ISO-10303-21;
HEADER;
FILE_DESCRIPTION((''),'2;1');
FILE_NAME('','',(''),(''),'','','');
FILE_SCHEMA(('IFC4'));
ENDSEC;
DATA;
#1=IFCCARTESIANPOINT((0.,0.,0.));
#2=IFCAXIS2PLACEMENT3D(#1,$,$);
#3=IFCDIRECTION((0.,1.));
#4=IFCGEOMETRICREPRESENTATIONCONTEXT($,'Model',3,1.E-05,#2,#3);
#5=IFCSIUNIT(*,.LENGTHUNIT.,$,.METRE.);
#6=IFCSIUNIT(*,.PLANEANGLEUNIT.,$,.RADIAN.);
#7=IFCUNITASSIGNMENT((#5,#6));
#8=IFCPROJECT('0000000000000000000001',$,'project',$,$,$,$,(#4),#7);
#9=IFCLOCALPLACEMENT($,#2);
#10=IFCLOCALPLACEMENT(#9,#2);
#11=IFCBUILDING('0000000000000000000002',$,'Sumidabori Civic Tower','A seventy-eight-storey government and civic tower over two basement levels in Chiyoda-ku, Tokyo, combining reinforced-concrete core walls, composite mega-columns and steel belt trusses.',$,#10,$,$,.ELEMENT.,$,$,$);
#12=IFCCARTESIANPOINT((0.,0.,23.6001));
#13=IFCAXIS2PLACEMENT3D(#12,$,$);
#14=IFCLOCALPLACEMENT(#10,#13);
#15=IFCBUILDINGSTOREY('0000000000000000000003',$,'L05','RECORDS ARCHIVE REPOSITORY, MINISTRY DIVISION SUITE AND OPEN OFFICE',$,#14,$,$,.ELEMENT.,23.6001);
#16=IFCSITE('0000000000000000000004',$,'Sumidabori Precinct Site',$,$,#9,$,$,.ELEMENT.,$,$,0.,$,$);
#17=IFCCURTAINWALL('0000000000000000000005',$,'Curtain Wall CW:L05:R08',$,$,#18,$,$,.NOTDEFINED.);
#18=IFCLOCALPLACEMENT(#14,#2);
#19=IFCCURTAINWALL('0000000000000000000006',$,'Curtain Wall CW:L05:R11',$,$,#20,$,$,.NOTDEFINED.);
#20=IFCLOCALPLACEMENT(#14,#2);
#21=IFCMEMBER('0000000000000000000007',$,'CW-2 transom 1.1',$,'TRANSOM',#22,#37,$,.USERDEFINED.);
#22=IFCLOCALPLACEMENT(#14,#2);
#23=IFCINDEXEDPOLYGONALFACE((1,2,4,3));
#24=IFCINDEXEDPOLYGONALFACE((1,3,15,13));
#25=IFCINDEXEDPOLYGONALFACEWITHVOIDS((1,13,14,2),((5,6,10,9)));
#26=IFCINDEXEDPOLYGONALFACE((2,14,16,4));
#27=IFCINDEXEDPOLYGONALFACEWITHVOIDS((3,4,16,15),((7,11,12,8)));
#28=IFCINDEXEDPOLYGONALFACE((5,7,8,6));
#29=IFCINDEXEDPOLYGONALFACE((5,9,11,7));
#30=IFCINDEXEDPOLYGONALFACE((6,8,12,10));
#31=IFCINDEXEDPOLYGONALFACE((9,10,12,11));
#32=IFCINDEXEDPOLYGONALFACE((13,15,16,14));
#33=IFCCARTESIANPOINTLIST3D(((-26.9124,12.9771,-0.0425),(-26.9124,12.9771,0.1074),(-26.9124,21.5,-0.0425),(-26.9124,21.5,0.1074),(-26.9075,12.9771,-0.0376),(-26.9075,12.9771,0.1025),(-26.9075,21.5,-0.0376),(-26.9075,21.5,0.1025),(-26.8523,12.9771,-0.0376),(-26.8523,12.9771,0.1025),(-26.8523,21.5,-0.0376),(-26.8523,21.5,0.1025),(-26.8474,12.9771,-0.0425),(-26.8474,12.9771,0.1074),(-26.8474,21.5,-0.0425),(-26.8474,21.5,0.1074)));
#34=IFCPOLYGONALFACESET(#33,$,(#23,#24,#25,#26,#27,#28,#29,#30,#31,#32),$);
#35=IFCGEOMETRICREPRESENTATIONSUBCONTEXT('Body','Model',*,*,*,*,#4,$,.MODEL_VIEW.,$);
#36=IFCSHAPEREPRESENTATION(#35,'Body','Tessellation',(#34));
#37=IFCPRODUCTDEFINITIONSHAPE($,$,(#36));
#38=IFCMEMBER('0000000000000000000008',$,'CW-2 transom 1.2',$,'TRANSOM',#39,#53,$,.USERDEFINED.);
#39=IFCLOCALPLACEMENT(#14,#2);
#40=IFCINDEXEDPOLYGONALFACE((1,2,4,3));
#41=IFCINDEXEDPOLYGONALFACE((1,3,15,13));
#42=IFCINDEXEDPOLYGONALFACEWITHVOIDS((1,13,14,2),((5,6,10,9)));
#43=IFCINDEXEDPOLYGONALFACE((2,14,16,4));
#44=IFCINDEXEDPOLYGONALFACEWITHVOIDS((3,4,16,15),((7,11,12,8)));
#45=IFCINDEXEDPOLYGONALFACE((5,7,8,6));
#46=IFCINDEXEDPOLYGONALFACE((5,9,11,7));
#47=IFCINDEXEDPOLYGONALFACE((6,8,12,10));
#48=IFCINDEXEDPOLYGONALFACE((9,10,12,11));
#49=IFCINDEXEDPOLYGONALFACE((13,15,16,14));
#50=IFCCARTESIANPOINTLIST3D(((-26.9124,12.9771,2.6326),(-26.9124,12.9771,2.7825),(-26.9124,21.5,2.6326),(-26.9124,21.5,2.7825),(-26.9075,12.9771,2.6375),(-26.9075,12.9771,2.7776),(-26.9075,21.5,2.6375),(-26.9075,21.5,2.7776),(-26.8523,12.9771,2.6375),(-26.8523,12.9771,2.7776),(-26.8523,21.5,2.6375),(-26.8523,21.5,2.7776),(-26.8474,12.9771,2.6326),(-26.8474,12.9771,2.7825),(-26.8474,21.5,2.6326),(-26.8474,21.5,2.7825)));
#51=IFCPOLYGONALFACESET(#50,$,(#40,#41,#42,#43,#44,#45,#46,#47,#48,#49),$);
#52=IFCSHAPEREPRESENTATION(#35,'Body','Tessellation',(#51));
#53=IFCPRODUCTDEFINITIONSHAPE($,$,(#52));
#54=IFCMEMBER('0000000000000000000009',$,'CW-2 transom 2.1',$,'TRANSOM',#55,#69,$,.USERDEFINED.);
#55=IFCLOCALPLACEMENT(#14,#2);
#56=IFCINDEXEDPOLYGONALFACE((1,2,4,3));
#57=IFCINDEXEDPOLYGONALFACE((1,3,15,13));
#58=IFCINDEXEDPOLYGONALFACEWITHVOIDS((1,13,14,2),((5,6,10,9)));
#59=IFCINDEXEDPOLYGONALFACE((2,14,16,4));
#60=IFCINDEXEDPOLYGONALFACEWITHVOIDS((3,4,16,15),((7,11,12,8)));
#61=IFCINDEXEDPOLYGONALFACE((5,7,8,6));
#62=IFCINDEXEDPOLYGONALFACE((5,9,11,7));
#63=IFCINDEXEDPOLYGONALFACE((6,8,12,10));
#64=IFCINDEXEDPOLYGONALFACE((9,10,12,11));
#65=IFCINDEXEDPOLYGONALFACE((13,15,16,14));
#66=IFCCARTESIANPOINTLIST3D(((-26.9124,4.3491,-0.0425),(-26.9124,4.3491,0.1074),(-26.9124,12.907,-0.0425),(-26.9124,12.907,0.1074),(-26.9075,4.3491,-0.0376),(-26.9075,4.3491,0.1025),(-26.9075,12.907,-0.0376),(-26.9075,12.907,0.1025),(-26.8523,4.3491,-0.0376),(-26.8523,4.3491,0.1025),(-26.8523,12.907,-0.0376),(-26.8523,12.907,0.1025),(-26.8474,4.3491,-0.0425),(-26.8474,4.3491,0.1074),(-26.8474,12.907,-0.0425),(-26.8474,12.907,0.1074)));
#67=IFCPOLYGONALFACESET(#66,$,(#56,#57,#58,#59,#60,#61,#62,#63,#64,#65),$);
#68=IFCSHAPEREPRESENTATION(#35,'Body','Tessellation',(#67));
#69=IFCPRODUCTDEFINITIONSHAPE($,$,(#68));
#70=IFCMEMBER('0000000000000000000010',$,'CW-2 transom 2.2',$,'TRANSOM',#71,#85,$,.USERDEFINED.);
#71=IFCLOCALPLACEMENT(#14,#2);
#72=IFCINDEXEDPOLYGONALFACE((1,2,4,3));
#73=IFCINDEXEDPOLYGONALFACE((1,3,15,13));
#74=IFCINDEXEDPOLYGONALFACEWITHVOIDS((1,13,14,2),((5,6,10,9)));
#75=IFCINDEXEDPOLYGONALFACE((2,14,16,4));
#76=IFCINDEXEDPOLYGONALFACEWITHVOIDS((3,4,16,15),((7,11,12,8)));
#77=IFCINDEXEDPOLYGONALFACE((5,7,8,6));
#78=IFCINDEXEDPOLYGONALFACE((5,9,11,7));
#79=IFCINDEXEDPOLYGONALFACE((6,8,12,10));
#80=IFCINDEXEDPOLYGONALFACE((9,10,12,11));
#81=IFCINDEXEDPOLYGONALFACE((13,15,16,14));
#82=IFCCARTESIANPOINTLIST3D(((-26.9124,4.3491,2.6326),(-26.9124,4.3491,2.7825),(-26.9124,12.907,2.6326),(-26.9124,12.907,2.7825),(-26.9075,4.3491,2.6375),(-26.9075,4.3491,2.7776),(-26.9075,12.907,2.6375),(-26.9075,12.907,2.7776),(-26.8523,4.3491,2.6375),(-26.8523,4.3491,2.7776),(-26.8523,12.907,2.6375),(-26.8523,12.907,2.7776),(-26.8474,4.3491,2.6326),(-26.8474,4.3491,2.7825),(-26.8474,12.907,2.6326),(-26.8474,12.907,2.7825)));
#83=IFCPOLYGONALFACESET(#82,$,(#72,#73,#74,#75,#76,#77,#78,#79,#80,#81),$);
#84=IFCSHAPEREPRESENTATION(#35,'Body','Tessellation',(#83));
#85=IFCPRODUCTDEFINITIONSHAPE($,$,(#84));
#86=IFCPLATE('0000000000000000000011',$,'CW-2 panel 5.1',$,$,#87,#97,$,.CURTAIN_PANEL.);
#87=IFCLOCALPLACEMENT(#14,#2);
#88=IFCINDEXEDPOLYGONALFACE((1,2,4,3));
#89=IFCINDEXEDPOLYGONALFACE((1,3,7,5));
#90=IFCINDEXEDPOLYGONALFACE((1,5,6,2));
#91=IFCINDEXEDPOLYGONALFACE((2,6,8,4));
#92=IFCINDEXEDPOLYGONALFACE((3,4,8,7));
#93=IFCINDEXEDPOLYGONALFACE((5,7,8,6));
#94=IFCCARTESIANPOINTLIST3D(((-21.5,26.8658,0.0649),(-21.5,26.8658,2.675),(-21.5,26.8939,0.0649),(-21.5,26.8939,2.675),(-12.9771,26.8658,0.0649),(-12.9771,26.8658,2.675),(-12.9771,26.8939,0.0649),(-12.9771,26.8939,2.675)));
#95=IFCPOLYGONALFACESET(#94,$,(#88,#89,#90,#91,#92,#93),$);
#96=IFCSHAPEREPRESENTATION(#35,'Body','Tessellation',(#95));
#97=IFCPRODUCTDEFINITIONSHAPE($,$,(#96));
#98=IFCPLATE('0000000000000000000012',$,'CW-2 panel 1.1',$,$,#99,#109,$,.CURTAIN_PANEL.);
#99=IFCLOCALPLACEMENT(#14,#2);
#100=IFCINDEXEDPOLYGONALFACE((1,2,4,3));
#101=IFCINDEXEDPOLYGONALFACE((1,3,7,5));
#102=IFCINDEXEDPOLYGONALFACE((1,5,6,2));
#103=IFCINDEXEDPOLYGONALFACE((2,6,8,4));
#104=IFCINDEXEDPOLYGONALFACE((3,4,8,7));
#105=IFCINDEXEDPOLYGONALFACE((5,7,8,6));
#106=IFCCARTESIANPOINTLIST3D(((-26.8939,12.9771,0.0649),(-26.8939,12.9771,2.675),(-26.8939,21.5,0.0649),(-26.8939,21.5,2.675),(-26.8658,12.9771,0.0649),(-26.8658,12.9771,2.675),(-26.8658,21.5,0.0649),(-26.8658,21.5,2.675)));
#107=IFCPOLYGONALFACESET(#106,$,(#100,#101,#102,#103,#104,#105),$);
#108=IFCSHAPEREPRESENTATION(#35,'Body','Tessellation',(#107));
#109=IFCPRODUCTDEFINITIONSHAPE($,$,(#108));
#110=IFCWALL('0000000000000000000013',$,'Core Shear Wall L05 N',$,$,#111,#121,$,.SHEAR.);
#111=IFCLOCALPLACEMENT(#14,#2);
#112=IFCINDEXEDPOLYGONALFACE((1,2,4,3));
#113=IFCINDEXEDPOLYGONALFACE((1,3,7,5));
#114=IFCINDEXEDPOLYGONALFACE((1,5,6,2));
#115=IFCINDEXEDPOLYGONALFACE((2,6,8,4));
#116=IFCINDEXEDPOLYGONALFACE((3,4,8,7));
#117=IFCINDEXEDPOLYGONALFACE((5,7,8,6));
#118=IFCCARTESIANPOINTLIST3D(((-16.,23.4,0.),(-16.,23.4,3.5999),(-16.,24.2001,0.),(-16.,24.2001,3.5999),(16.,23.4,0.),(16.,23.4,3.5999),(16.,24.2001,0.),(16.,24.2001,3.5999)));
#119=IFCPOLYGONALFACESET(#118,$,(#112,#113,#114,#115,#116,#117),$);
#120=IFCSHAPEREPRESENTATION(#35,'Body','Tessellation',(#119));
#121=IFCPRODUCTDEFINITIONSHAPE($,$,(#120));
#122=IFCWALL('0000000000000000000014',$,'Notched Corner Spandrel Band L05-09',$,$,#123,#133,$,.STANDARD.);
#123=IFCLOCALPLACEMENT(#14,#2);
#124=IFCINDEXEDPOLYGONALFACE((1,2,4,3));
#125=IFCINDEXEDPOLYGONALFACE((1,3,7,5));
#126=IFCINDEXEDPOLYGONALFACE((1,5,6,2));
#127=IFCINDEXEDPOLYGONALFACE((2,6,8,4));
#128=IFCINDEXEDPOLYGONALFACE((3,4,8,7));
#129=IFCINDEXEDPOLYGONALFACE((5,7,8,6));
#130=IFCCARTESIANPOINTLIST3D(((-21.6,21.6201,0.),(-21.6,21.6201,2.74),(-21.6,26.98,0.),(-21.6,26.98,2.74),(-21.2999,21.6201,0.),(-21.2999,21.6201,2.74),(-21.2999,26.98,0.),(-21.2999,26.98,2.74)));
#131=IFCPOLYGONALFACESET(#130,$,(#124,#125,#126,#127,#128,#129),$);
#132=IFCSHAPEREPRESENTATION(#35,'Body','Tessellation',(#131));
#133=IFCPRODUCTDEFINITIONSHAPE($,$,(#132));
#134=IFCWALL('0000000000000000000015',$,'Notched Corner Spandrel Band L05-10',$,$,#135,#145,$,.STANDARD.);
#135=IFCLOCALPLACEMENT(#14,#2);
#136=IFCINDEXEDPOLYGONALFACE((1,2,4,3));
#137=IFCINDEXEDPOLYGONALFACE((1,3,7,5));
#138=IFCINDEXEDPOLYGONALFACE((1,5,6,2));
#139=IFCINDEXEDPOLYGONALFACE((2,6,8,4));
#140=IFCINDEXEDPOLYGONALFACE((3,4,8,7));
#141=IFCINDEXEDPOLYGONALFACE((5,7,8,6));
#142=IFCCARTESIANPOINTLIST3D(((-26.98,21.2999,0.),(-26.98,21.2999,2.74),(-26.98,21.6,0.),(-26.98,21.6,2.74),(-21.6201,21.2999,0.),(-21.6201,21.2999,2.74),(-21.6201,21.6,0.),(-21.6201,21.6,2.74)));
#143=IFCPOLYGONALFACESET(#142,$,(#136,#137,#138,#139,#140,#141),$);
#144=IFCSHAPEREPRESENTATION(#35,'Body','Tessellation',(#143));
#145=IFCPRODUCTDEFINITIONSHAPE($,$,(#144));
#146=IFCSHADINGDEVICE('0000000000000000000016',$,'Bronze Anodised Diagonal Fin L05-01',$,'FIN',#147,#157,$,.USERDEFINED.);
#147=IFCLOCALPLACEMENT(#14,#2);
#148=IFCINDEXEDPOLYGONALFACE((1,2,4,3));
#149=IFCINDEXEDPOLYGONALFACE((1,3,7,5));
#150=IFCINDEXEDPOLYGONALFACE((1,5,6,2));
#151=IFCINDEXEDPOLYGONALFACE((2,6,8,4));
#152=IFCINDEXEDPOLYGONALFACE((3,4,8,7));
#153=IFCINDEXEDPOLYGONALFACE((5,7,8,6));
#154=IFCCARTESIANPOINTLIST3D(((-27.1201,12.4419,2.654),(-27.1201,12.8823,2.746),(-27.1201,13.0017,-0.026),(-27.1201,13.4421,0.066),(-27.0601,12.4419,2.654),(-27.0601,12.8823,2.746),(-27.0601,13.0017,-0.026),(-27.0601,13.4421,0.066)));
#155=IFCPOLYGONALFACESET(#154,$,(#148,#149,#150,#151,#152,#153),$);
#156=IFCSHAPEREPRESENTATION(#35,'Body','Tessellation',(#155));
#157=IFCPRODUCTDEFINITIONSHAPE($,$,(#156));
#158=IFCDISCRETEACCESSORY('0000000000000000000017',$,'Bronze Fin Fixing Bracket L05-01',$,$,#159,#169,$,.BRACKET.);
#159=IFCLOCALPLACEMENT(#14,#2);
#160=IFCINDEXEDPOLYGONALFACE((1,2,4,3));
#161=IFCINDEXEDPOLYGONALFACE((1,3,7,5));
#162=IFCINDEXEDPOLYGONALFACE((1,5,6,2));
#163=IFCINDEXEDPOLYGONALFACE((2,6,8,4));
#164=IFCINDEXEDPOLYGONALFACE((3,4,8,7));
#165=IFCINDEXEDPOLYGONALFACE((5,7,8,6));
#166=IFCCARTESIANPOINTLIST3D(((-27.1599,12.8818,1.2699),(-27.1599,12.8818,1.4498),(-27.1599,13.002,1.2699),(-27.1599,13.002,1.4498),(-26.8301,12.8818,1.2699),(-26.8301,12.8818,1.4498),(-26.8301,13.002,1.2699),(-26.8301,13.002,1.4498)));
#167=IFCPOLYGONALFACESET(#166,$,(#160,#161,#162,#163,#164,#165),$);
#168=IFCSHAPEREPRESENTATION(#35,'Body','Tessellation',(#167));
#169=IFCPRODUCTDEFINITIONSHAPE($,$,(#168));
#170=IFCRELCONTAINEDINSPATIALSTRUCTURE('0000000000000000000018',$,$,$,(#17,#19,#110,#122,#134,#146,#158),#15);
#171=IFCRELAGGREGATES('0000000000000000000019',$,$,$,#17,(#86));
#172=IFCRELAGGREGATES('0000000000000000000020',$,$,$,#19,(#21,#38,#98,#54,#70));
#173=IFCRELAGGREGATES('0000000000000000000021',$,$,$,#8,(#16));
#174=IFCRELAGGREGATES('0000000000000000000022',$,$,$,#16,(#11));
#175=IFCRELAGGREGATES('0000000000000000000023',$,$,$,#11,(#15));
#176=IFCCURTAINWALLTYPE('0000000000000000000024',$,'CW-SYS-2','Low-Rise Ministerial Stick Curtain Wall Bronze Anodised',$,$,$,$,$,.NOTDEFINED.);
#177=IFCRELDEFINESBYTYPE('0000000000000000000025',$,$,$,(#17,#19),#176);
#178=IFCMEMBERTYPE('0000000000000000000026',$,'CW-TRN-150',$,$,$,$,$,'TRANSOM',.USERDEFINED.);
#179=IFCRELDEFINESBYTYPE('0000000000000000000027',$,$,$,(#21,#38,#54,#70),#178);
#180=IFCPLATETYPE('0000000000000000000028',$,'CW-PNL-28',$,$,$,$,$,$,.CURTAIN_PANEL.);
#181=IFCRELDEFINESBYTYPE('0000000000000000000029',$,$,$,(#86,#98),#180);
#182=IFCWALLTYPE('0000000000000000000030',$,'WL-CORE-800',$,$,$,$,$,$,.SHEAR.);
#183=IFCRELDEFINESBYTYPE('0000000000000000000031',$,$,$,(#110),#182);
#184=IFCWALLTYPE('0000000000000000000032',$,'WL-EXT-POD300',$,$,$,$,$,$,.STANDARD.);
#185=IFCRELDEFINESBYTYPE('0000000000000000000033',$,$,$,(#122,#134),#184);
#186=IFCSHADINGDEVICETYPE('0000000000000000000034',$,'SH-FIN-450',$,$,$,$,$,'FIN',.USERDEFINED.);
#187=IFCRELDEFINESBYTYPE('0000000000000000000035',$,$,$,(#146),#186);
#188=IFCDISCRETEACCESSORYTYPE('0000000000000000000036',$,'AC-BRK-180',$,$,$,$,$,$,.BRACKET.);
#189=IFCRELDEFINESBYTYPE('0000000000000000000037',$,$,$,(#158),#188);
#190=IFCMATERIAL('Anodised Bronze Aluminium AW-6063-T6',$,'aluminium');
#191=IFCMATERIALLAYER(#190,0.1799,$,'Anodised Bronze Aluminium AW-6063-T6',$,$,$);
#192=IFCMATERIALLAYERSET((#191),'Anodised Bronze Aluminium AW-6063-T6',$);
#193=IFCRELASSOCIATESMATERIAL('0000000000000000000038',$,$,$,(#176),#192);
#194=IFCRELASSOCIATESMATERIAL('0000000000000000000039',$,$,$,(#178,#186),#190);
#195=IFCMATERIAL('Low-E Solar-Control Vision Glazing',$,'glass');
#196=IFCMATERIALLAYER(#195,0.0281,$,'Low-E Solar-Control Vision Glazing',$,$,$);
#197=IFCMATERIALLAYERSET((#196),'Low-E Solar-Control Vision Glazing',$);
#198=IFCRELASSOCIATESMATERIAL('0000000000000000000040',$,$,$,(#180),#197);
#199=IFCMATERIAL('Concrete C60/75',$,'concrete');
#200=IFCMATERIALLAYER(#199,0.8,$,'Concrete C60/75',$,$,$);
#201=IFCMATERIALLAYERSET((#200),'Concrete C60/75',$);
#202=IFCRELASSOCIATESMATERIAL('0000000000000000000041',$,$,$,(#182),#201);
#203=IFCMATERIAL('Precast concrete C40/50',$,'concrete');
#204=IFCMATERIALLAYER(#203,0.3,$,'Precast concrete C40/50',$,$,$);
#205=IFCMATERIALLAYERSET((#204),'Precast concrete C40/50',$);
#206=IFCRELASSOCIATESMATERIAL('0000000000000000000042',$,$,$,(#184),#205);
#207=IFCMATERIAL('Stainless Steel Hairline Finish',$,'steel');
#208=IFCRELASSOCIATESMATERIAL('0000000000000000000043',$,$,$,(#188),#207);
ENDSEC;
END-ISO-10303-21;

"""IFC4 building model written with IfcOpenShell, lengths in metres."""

from ifc_helpers import new_model, si_unit, direction, frame, frame_2d, origin, origin_2d, place, context, subcontext, project, spatial, rectangle, hollow_rectangle, extrude, source, transform, mapped, material, layer, layer_set, material_profile, profile_set, type_object, element, aggregate, save


model = new_model("IFC4")

# Units and contexts
model_context = context("Model", 3, precision=1e-05, world=origin(), true_north=direction((0.0, 1.0)))
body_context = subcontext(model_context, "Body", "Model", "MODEL_VIEW")
ifc_project = project(units=[si_unit("LENGTHUNIT", "METRE"), si_unit("PLANEANGLEUNIT", "RADIAN")], contexts=[model_context])

# Site, building, storey
site_placement = place(None, origin())
site = spatial("IfcSite", under=ifc_project, at=site_placement, Name="Sumidabori Precinct Site", CompositionType="ELEMENT", RefElevation=0.0)
building_placement = place(site_placement, origin())
building = spatial("IfcBuilding", under=site, at=building_placement, Name="Sumidabori Civic Tower", Description="A seventy-eight-storey government and civic tower over two basement levels in Chiyoda-ku, Tokyo, combining reinforced-concrete core walls, composite mega-columns and steel belt trusses.", CompositionType="ELEMENT")
storey_placement = place(building_placement, frame((0.0, 0.0, 23.6001)))
storey = spatial("IfcBuildingStorey", under=building, at=storey_placement, Name="L05", Description="RECORDS ARCHIVE REPOSITORY, MINISTRY DIVISION SUITE AND OPEN OFFICE", CompositionType="ELEMENT", Elevation=23.6001)

# Shared definitions
ifc_material_1 = material(Name="Concrete C60/75", Category="concrete")

# Curtain wall
ifc_material_2 = material(Name="Anodised Bronze Aluminium AW-6063-T6", Category="aluminium")
ifc_layer_1 = layer(ifc_material_2, 0.1799, Name="Anodised Bronze Aluminium AW-6063-T6")
ifc_layer_set_1 = layer_set([ifc_layer_1], Name="Anodised Bronze Aluminium AW-6063-T6")
curtain_wall_type = type_object("IfcCurtainWallType", Name="CW-SYS-2", Description="Low-Rise Ministerial Stick Curtain Wall Bronze Anodised", PredefinedType="NOTDEFINED", material=ifc_layer_set_1)
curtain_wall_1_placement = place(storey_placement, origin())
curtain_wall_1 = element("IfcCurtainWall", 1, at=curtain_wall_1_placement, inside=storey, type_object=curtain_wall_type, Name="Curtain Wall CW:L05:R08", PredefinedType="NOTDEFINED")

# Curtain wall, members
curtain_wall_2_placement = place(storey_placement, origin())
curtain_wall_2 = element("IfcCurtainWall", 2, at=curtain_wall_2_placement, inside=storey, type_object=curtain_wall_type, Name="Curtain Wall CW:L05:R11", PredefinedType="NOTDEFINED")
ifc_material_profile_1 = material_profile(ifc_material_2, hollow_rectangle(XDim=0.0649, YDim=0.1499, WallThickness=0.0049, at=origin_2d()), Name="ALU TRANSOM 150x65")
ifc_profile_set_1 = profile_set([ifc_material_profile_1], Name="Anodised Bronze Aluminium AW-6063-T6")
member_type_1 = type_object("IfcMemberType", Name="CW-TRN-150", ElementType="TRANSOM", PredefinedType="USERDEFINED", material=ifc_profile_set_1)
shared_shape_1 = source(origin(), body_context, "Body", "SweptSolid", [
    extrude(hollow_rectangle(XDim=0.0649, YDim=0.1499, WallThickness=0.0049, at=origin_2d()), origin(), (0.0, 0.0, 1.0), 8.5229),
])
member_1_placement = place(storey_placement, frame((-26.8799, 21.5, 0.0325), z_axis=(0.0, -1.0, 0.0), x_axis=(1.0, 0.0, 0.0)))
member_1 = element("IfcMember", 3, at=member_1_placement, type_object=member_type_1, Name="CW-2 transom 1.1", ObjectType="TRANSOM", PredefinedType="USERDEFINED", context=body_context, shape_type="MappedRepresentation", body=[
    mapped(shared_shape_1, transform((0.0, 0.0, 0.0), x_axis=(1.0, 0.0, 0.0), y_axis=(0.0, 1.0, 0.0), z_axis=(0.0, 0.0, 1.0), scale=1.0)),
])
member_2_placement = place(storey_placement, frame((-26.8799, 21.5, 2.7075), z_axis=(0.0, -1.0, 0.0), x_axis=(1.0, 0.0, 0.0)))
member_2 = element("IfcMember", 4, at=member_2_placement, type_object=member_type_1, Name="CW-2 transom 1.2", ObjectType="TRANSOM", PredefinedType="USERDEFINED", context=body_context, shape_type="MappedRepresentation", body=[
    mapped(shared_shape_1, transform((0.0, 0.0, 0.0), x_axis=(1.0, 0.0, 0.0), y_axis=(0.0, 1.0, 0.0), z_axis=(0.0, 0.0, 1.0), scale=1.0)),
])
shared_shape_2 = source(origin(), body_context, "Body", "SweptSolid", [
    extrude(hollow_rectangle(XDim=0.0649, YDim=0.1499, WallThickness=0.0049, at=origin_2d()), origin(), (0.0, 0.0, 1.0), 8.5579),
])
member_3_placement = place(storey_placement, frame((-26.8799, 12.907, 0.0325), z_axis=(0.0, -1.0, 0.0), x_axis=(1.0, 0.0, 0.0)))
member_3 = element("IfcMember", 5, at=member_3_placement, type_object=member_type_1, Name="CW-2 transom 2.1", ObjectType="TRANSOM", PredefinedType="USERDEFINED", context=body_context, shape_type="MappedRepresentation", body=[
    mapped(shared_shape_2, transform((0.0, 0.0, 0.0), x_axis=(1.0, 0.0, 0.0), y_axis=(0.0, 1.0, 0.0), z_axis=(0.0, 0.0, 1.0), scale=1.0)),
])
member_4_placement = place(storey_placement, frame((-26.8799, 12.907, 2.7075), z_axis=(0.0, -1.0, 0.0), x_axis=(1.0, 0.0, 0.0)))
member_4 = element("IfcMember", 6, at=member_4_placement, type_object=member_type_1, Name="CW-2 transom 2.2", ObjectType="TRANSOM", PredefinedType="USERDEFINED", context=body_context, shape_type="MappedRepresentation", body=[
    mapped(shared_shape_2, transform((0.0, 0.0, 0.0), x_axis=(1.0, 0.0, 0.0), y_axis=(0.0, 1.0, 0.0), z_axis=(0.0, 0.0, 1.0), scale=1.0)),
])

# Plates
ifc_material_3 = material(Name="Low-E Solar-Control Vision Glazing", Category="glass")
ifc_layer_2 = layer(ifc_material_3, 0.0281, Name="Low-E Solar-Control Vision Glazing")
ifc_layer_set_2 = layer_set([ifc_layer_2], Name="Low-E Solar-Control Vision Glazing")
plate_type = type_object("IfcPlateType", Name="CW-PNL-28", PredefinedType="CURTAIN_PANEL", material=ifc_layer_set_2)
shared_shape_3 = source(origin(), body_context, "Body", "SweptSolid", [
    extrude(rectangle(XDim=8.5229, YDim=0.0281, at=origin_2d()), origin(), (0.0, 0.0, 1.0), 2.6101),
])
plate_1_placement = place(storey_placement, frame((-17.2385, 26.8799, 0.0649), z_axis=(0.0, 0.0, 1.0), x_axis=(-1.0, 0.0, 0.0)))
plate_1 = element("IfcPlate", 7, at=plate_1_placement, type_object=plate_type, Name="CW-2 panel 5.1", PredefinedType="CURTAIN_PANEL", context=body_context, shape_type="MappedRepresentation", body=[
    mapped(shared_shape_3, transform((0.0, 0.0, 0.0), x_axis=(1.0, 0.0, 0.0), y_axis=(0.0, 1.0, 0.0), z_axis=(0.0, 0.0, 1.0), scale=1.0)),
])
aggregate(curtain_wall_1, [plate_1])
plate_2_placement = place(storey_placement, frame((-26.8799, 17.2385, 0.0649), z_axis=(0.0, 0.0, 1.0), x_axis=(0.0, -1.0, 0.0)))
plate_2 = element("IfcPlate", 8, at=plate_2_placement, type_object=plate_type, Name="CW-2 panel 1.1", PredefinedType="CURTAIN_PANEL", context=body_context, shape_type="MappedRepresentation", body=[
    mapped(shared_shape_3, transform((0.0, 0.0, 0.0), x_axis=(1.0, 0.0, 0.0), y_axis=(0.0, 1.0, 0.0), z_axis=(0.0, 0.0, 1.0), scale=1.0)),
])
aggregate(curtain_wall_2, [member_1, member_2, plate_2, member_3, member_4])

# Walls
ifc_layer_3 = layer(ifc_material_1, 0.8, Name="Concrete C60/75")
ifc_layer_set_3 = layer_set([ifc_layer_3], Name="Concrete C60/75")
wall_type_1 = type_object("IfcWallType", Name="WL-CORE-800", PredefinedType="SHEAR", material=ifc_layer_set_3)
shared_shape_4 = source(origin(), body_context, "Body", "SweptSolid", [
    extrude(rectangle(XDim=32.0, YDim=0.8, at=frame_2d((16.0, 0.0))), origin(), (0.0, 0.0, 1.0), 3.5999),
])
wall_placement = place(storey_placement, frame((-16.0, 23.8, 0.0), z_axis=(0.0, 0.0, 1.0), x_axis=(1.0, 0.0, 0.0)))
element("IfcWall", 9, at=wall_placement, inside=storey, type_object=wall_type_1, Name="Core Shear Wall L05 N", PredefinedType="SHEAR", context=body_context, shape_type="MappedRepresentation", body=[
    mapped(shared_shape_4, transform((0.0, 0.0, 0.0), x_axis=(1.0, 0.0, 0.0), y_axis=(0.0, 1.0, 0.0), z_axis=(0.0, 0.0, 1.0), scale=1.0)),
])
ifc_material_4 = material(Name="Precast concrete C40/50", Category="concrete")
ifc_layer_4 = layer(ifc_material_4, 0.3, Name="Precast concrete C40/50")
ifc_layer_set_4 = layer_set([ifc_layer_4], Name="Precast concrete C40/50")
wall_type_2 = type_object("IfcWallType", Name="WL-EXT-POD300", PredefinedType="STANDARD", material=ifc_layer_set_4)
shared_shape_5 = source(origin(), body_context, "Body", "SweptSolid", [
    extrude(rectangle(XDim=5.3599, YDim=0.3, at=frame_2d((2.6799, 0.0))), origin(), (0.0, 0.0, 1.0), 2.74),
])
for number, where, z_axis, x_axis, name in (
    (10, (-21.45, 26.98, 0.0), (0.0, 0.0, 1.0), (0.0, -1.0, 0.0), "Notched Corner Spandrel Band L05-09"),
    (11, (-21.6201, 21.45, 0.0), (0.0, 0.0, 1.0), (-1.0, 0.0, 0.0), "Notched Corner Spandrel Band L05-10"),
):
    element("IfcWall", number, at=place(storey_placement, frame(where, z_axis=z_axis, x_axis=x_axis)), inside=storey, type_object=wall_type_2, Name=name, PredefinedType="STANDARD", context=body_context, shape_type="MappedRepresentation", body=[
        mapped(shared_shape_5, transform((0.0, 0.0, 0.0), x_axis=(1.0, 0.0, 0.0), y_axis=(0.0, 1.0, 0.0), z_axis=(0.0, 0.0, 1.0), scale=1.0)),
    ])

# Shading device
ifc_material_profile_2 = material_profile(ifc_material_2, rectangle(XDim=0.0601, YDim=0.45, at=origin_2d()), Name="BRONZE FIN 450x60")
ifc_profile_set_2 = profile_set([ifc_material_profile_2], Name="Anodised Bronze Aluminium AW-6063-T6")
shading_device_type = type_object("IfcShadingDeviceType", Name="SH-FIN-450", ElementType="FIN", PredefinedType="USERDEFINED", material=ifc_profile_set_2)
shared_shape_6 = source(origin(), body_context, "Body", "SweptSolid", [
    extrude(rectangle(XDim=0.0601, YDim=0.45, at=origin_2d()), origin(), (0.0, 0.0, 1.0), 2.7378),
])
shading_device_placement = place(storey_placement, frame((-27.0901, 13.2219, 0.02), z_axis=(0.0, -0.204478, 0.978871), x_axis=(-1.0, 0.0, 0.0)))
element("IfcShadingDevice", 12, at=shading_device_placement, inside=storey, type_object=shading_device_type, Name="Bronze Anodised Diagonal Fin L05-01", ObjectType="FIN", PredefinedType="USERDEFINED", context=body_context, shape_type="MappedRepresentation", body=[
    mapped(shared_shape_6, transform((0.0, 0.0, 0.0), x_axis=(1.0, 0.0, 0.0), y_axis=(0.0, 1.0, 0.0), z_axis=(0.0, 0.0, 1.0), scale=1.0)),
])

# Discrete accessory
ifc_material_5 = material(Name="Stainless Steel Hairline Finish", Category="steel")
ifc_material_profile_3 = material_profile(ifc_material_5, rectangle(XDim=0.1201, YDim=0.1799, at=origin_2d()), Name="STEEL BRACKET 180x120")
ifc_profile_set_3 = profile_set([ifc_material_profile_3], Name="Stainless Steel Hairline Finish")
discrete_accessory_type = type_object("IfcDiscreteAccessoryType", Name="AC-BRK-180", PredefinedType="BRACKET", material=ifc_profile_set_3)
shared_shape_7 = source(origin(), body_context, "Body", "SweptSolid", [
    extrude(rectangle(XDim=0.1201, YDim=0.1799, at=origin_2d()), origin(), (0.0, 0.0, 1.0), 0.3298),
])
discrete_accessory_placement = place(storey_placement, frame((-26.8301, 12.9419, 1.3599), z_axis=(-1.0, 0.0, 0.0), x_axis=(0.0, -1.0, 0.0)))
element("IfcDiscreteAccessory", 13, at=discrete_accessory_placement, inside=storey, type_object=discrete_accessory_type, Name="Bronze Fin Fixing Bracket L05-01", PredefinedType="BRACKET", context=body_context, shape_type="MappedRepresentation", body=[
    mapped(shared_shape_7, transform((0.0, 0.0, 0.0), x_axis=(1.0, 0.0, 0.0), y_axis=(0.0, 1.0, 0.0), z_axis=(0.0, 0.0, 1.0), scale=1.0)),
])

save(model, "model.ifc")
